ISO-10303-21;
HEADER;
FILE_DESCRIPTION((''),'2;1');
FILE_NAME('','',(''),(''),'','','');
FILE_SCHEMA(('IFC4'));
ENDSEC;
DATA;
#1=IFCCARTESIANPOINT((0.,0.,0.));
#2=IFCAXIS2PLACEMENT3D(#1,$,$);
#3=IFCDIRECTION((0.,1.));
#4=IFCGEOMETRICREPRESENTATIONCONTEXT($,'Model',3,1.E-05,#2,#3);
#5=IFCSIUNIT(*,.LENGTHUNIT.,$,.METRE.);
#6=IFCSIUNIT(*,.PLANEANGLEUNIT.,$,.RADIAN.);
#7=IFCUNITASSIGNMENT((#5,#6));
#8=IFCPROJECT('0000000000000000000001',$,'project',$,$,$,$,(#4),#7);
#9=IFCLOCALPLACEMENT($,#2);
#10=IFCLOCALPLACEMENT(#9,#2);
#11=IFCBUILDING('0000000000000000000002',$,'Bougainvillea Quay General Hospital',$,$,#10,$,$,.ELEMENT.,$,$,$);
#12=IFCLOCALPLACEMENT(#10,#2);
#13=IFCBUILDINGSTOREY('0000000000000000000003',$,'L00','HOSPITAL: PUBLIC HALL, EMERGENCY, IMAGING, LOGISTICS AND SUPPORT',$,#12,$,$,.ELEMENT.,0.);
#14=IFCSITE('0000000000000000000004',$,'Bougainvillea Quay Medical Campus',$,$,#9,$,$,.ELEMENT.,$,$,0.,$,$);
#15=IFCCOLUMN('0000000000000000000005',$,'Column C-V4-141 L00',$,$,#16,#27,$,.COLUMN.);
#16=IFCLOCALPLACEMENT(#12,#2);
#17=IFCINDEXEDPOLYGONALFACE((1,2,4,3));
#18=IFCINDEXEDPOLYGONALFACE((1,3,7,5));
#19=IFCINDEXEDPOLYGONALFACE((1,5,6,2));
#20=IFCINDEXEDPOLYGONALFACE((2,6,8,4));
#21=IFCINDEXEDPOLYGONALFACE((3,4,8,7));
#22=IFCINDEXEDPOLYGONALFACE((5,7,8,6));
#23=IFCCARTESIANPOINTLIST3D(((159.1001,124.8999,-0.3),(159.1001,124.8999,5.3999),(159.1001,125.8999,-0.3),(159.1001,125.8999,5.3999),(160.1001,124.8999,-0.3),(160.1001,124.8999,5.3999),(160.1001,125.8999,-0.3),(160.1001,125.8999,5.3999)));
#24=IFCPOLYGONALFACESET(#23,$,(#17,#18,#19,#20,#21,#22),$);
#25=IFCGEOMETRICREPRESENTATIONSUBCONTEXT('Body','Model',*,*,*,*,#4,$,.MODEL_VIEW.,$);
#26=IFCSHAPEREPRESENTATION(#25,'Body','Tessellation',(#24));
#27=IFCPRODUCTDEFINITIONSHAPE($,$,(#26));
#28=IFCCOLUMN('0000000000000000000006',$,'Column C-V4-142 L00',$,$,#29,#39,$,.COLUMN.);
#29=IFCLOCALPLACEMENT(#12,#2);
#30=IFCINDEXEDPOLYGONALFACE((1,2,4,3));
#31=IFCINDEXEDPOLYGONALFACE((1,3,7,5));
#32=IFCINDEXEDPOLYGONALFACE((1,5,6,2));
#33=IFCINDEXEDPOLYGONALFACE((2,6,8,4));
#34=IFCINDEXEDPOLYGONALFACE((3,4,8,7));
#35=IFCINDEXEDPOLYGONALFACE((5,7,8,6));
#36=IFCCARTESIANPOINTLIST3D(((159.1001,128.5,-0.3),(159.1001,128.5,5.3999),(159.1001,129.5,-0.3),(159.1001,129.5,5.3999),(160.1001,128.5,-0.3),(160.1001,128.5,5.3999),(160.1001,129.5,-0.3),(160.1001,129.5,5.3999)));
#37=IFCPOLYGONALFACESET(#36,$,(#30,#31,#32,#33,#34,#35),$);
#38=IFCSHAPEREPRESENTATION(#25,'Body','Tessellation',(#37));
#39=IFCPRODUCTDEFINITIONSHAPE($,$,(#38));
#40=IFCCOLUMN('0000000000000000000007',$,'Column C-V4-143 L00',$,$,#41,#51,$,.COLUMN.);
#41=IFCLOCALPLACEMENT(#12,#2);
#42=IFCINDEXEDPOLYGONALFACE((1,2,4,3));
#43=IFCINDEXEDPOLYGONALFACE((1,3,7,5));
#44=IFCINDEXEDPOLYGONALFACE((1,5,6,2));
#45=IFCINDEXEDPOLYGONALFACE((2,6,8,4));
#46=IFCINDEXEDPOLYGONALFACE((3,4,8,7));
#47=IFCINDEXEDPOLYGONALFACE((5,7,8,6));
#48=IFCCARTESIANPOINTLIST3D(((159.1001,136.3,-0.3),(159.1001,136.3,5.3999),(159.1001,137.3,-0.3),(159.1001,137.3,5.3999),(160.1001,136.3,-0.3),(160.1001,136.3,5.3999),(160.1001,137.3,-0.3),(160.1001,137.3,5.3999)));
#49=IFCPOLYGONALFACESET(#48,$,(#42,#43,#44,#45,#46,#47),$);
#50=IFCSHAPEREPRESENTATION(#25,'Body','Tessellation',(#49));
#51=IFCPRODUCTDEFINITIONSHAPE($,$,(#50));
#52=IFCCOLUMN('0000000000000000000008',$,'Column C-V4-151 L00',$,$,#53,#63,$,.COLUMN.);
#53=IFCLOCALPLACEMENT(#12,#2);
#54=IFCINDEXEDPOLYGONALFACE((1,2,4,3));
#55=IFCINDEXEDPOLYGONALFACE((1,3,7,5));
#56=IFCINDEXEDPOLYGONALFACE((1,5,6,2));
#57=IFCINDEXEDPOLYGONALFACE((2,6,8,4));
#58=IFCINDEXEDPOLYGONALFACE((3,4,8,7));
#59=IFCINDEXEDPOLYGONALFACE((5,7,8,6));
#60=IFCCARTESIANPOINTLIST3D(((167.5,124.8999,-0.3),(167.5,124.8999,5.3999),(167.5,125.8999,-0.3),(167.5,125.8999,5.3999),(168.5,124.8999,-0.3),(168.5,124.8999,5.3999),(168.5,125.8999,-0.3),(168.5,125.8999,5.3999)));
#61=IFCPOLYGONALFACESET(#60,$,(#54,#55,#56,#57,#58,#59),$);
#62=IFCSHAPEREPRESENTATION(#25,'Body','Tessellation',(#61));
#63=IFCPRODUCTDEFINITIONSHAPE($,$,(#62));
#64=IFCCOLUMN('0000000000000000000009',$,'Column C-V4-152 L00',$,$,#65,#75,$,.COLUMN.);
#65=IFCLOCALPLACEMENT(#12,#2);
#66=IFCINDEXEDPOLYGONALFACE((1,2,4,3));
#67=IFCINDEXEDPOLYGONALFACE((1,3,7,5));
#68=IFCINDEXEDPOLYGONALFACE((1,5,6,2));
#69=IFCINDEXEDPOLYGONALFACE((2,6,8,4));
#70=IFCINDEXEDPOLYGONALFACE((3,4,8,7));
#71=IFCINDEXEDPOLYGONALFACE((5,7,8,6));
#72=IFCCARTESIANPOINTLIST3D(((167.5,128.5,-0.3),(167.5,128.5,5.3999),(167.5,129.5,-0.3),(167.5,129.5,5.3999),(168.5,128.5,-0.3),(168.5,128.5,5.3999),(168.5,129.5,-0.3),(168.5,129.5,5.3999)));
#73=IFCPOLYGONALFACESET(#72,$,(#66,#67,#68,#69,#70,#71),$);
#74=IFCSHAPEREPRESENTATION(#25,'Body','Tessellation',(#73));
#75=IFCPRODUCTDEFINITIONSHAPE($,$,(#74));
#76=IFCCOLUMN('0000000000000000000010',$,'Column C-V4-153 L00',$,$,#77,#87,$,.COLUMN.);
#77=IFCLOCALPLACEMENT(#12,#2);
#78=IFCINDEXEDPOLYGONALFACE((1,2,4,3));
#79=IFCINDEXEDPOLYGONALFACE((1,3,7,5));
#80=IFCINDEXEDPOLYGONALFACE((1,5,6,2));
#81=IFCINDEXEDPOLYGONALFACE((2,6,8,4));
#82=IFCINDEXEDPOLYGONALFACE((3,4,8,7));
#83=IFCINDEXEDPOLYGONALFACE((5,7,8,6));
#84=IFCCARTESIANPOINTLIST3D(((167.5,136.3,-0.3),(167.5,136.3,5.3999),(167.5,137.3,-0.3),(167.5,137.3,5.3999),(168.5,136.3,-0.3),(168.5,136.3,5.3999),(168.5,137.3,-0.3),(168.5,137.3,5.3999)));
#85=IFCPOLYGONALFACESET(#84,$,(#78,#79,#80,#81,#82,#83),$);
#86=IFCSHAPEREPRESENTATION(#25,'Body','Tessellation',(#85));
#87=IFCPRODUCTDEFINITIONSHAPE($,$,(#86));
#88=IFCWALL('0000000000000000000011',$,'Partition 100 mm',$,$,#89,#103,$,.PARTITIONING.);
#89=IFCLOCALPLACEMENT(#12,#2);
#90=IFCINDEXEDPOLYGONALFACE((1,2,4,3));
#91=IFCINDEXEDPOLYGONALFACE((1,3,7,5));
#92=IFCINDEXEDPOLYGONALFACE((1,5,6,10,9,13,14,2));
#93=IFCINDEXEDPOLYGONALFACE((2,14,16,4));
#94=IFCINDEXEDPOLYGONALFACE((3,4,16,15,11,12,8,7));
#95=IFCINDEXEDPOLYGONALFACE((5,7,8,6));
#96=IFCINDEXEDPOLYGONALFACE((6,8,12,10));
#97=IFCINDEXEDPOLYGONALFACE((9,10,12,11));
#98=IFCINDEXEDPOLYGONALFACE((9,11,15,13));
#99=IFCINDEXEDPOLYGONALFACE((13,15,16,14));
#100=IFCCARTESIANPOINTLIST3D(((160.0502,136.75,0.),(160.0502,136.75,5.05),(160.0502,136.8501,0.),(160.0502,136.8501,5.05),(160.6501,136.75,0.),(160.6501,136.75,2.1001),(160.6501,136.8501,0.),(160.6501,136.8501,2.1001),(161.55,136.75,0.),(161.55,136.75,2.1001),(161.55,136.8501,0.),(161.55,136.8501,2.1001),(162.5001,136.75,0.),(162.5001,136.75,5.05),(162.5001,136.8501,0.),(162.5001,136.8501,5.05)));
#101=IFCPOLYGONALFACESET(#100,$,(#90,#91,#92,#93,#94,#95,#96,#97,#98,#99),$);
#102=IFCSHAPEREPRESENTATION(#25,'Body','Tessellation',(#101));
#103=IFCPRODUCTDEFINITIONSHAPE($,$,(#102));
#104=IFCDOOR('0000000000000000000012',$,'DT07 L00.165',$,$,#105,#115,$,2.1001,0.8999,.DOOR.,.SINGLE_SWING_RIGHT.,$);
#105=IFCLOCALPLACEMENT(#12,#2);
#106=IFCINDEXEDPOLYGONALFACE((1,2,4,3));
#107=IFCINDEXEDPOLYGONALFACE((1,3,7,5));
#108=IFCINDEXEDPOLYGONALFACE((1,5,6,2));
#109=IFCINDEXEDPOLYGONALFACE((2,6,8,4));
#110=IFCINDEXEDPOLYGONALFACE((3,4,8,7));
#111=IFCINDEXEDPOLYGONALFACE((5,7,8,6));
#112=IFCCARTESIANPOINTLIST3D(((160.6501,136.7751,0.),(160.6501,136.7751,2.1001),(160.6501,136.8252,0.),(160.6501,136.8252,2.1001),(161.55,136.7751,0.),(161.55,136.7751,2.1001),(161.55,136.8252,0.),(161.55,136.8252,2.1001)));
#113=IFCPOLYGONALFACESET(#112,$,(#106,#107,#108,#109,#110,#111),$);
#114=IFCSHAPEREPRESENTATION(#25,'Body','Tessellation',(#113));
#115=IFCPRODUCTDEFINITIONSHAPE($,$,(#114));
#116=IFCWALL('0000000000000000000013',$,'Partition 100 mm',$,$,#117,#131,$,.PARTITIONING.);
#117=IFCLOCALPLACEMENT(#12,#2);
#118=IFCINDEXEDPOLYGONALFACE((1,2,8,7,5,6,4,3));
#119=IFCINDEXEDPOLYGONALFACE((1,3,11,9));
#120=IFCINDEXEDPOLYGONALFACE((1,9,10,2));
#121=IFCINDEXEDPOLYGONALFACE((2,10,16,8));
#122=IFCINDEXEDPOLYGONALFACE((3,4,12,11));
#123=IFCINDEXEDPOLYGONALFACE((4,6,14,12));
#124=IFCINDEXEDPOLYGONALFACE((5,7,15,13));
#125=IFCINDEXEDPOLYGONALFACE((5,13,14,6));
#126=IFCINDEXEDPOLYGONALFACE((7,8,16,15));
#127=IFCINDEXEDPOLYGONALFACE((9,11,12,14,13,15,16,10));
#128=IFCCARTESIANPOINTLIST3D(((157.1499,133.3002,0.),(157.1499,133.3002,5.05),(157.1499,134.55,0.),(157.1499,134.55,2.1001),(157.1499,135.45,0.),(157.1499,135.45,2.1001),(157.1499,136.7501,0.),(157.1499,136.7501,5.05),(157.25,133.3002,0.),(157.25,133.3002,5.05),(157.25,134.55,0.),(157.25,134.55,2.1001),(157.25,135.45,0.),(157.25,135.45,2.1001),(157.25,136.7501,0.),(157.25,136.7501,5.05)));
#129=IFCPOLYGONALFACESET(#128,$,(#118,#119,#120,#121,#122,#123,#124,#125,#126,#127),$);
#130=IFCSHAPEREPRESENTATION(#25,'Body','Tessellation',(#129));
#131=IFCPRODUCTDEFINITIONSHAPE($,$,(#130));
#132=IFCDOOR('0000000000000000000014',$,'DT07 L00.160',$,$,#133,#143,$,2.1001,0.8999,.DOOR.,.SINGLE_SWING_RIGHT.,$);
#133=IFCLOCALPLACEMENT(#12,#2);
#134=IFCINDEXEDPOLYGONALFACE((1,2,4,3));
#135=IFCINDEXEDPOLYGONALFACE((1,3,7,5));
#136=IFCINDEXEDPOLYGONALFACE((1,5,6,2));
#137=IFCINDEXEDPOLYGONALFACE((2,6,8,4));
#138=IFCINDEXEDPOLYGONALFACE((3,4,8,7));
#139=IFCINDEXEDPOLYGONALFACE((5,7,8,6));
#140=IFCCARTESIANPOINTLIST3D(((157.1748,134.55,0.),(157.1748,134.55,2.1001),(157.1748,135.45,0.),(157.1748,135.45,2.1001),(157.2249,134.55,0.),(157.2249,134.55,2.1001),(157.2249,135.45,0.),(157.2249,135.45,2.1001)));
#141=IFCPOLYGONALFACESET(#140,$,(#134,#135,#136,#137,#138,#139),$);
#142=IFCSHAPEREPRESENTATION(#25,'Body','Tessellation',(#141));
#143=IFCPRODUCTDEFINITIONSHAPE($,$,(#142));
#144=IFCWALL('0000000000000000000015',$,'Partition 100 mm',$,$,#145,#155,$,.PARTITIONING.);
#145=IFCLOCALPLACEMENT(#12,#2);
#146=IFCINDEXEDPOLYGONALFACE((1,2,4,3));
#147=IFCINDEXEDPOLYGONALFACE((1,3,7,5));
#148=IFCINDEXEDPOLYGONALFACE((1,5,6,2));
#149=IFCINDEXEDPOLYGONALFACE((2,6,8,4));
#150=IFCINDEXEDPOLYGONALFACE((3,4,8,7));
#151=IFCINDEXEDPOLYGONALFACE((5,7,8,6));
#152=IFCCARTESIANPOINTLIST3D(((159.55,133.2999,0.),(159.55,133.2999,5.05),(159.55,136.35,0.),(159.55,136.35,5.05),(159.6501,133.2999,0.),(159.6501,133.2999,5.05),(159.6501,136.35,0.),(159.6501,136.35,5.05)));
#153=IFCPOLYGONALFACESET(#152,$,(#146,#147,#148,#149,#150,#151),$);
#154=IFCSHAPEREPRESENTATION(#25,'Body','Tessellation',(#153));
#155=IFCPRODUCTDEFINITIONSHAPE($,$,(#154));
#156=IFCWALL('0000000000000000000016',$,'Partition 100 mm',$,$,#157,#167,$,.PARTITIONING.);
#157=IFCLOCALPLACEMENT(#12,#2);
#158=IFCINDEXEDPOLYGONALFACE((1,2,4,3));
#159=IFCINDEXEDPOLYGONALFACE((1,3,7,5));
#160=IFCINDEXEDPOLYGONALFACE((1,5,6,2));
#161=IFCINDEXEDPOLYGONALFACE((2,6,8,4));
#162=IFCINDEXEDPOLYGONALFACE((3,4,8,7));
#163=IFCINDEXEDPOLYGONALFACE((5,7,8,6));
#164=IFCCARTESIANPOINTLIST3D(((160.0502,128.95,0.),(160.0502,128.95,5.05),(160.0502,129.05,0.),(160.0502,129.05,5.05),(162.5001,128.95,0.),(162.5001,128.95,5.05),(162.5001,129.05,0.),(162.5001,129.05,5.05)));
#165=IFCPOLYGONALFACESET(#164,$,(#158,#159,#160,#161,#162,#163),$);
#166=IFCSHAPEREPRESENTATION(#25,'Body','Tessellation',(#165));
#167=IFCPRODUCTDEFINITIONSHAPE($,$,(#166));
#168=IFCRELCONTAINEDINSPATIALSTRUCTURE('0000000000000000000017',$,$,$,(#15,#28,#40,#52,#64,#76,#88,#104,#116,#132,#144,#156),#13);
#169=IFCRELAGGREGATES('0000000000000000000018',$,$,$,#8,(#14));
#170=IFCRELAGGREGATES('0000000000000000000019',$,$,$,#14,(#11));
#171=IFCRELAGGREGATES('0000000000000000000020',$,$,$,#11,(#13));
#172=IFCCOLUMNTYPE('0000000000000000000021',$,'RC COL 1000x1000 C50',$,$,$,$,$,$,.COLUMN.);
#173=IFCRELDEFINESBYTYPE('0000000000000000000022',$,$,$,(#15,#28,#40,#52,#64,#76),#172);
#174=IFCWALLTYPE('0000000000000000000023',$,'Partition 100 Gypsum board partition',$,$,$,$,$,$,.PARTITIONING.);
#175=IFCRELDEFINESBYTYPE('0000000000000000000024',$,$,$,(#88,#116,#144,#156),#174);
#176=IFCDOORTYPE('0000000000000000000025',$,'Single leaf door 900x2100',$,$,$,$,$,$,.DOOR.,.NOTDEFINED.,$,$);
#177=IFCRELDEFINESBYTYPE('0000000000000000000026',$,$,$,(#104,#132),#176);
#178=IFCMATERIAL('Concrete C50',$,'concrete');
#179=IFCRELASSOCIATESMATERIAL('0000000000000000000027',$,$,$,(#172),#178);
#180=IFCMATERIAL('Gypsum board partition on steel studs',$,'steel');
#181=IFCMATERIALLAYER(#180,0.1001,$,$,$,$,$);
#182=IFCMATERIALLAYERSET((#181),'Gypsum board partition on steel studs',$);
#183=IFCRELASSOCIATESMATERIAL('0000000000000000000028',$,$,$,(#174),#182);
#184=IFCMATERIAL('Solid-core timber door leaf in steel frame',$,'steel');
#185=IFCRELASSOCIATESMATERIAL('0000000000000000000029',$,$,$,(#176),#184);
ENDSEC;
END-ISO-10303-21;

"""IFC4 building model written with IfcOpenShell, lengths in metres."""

from ifc_helpers import new_model, si_unit, direction, frame, frame_2d, origin, origin_2d, place, context, subcontext, project, spatial, rectangle, extrude, material, layer, layer_set, material_profile, profile_set, type_object, element, fill, save


model = new_model("IFC4")

# Units and contexts
model_context = context("Model", 3, precision=1e-05, world=origin(), true_north=direction((0.0, 1.0)))
body_context = subcontext(model_context, "Body", "Model", "MODEL_VIEW")
ifc_project = project(units=[si_unit("LENGTHUNIT", "METRE"), si_unit("PLANEANGLEUNIT", "RADIAN")], contexts=[model_context])

# Site, building, storey
site_placement = place(None, origin())
site = spatial("IfcSite", under=ifc_project, at=site_placement, Name="Bougainvillea Quay Medical Campus", CompositionType="ELEMENT", RefElevation=0.0)
building_placement = place(site_placement, origin())
building = spatial("IfcBuilding", under=site, at=building_placement, Name="Bougainvillea Quay General Hospital", CompositionType="ELEMENT")
storey_placement = place(building_placement, origin())
storey = spatial("IfcBuildingStorey", under=building, at=storey_placement, Name="L00", Description="HOSPITAL: PUBLIC HALL, EMERGENCY, IMAGING, LOGISTICS AND SUPPORT", CompositionType="ELEMENT", Elevation=0.0)

# Columns
ifc_material_1 = material(Name="Concrete C50", Category="concrete")
ifc_material_profile_1 = material_profile(ifc_material_1, rectangle(XDim=1.0, YDim=1.0, at=origin_2d()))
ifc_profile_set_1 = profile_set([ifc_material_profile_1], Name="Concrete C50")
column_type = type_object("IfcColumnType", Name="RC COL 1000x1000 C50", PredefinedType="COLUMN", material=ifc_profile_set_1)
for number, where, z_axis, x_axis, name in (
    (1, (159.6001, 125.3999, -0.3), (0.0, 0.0, 1.0), (1.0, 0.0, 0.0), "Column C-V4-141 L00"),
    (2, (159.6001, 129.0, -0.3), (0.0, 0.0, 1.0), (1.0, 0.0, 0.0), "Column C-V4-142 L00"),
    (3, (159.6001, 136.8, -0.3), (0.0, 0.0, 1.0), (1.0, 0.0, 0.0), "Column C-V4-143 L00"),
    (4, (168.0, 125.3999, -0.3), (0.0, 0.0, 1.0), (1.0, 0.0, 0.0), "Column C-V4-151 L00"),
    (5, (168.0, 129.0, -0.3), (0.0, 0.0, 1.0), (1.0, 0.0, 0.0), "Column C-V4-152 L00"),
    (6, (168.0, 136.8, -0.3), (0.0, 0.0, 1.0), (1.0, 0.0, 0.0), "Column C-V4-153 L00"),
):
    element("IfcColumn", number, at=place(storey_placement, frame(where, z_axis=z_axis, x_axis=x_axis)), inside=storey, type_object=column_type, Name=name, PredefinedType="COLUMN", context=body_context, shape_type="SweptSolid", body=[
        extrude(rectangle(XDim=1.0, YDim=1.0, at=origin_2d()), origin(), (0.0, 0.0, 1.0), 5.7),
    ])

# Walls, openings, doors
ifc_material_2 = material(Name="Gypsum board partition on steel studs", Category="steel")
ifc_layer_1 = layer(ifc_material_2, 0.1001)
ifc_layer_set_1 = layer_set([ifc_layer_1], Name="Gypsum board partition on steel studs")
wall_type_1 = type_object("IfcWallType", Name="Partition 100 Gypsum board partition", PredefinedType="PARTITIONING", material=ifc_layer_set_1)
wall_1_placement = place(storey_placement, frame((160.05, 136.8, 0.0), z_axis=(0.0, 0.0, 1.0), x_axis=(1.0, 0.0, 0.0)))
wall_1 = element("IfcWall", 7, at=wall_1_placement, inside=storey, type_object=wall_type_1, Name="Partition 100 mm", PredefinedType="PARTITIONING", context=body_context, shape_type="SweptSolid", body=[
    extrude(rectangle(XDim=2.45, YDim=0.1001, at=frame_2d((1.2251, 0.0))), origin(), (0.0, 0.0, 1.0), 5.05),
])
opening_1_placement = place(wall_1_placement, frame((0.6001, 0.0, 0.0)))
opening_1 = element("IfcOpeningElement", 8, at=opening_1_placement, cuts=wall_1, PredefinedType="OPENING", context=body_context, shape_type="SweptSolid", body=[
    extrude(rectangle(XDim=0.8999, YDim=2.1001, at=frame_2d((0.45, 1.05))), frame((0.0, 0.0601, 0.0), z_axis=(0.0, -1.0, 0.0), x_axis=(1.0, 0.0, 0.0)), (0.0, 0.0, 1.0), 0.1201),
])
ifc_material_3 = material(Name="Solid-core timber door leaf in steel frame", Category="steel")
door_type_1 = type_object("IfcDoorType", Name="Single leaf door 900x2100", OperationType="NOTDEFINED", PredefinedType="DOOR", material=ifc_material_3)
door_1_placement = place(opening_1_placement, frame((0.8999, 0.0, 0.0), z_axis=(0.0, 0.0, 1.0), x_axis=(-1.0, 0.0, 0.0)))
door_1 = element("IfcDoor", 9, at=door_1_placement, inside=storey, type_object=door_type_1, Name="DT07 L00.165", OperationType="SINGLE_SWING_RIGHT", OverallHeight=2.1001, OverallWidth=0.8999, PredefinedType="DOOR", context=body_context, shape_type="SweptSolid", body=[
    extrude(rectangle(XDim=0.8999, YDim=2.1001, at=frame_2d((0.45, 1.05))), frame((0.0, 0.0249, 0.0), z_axis=(0.0, -1.0, 0.0), x_axis=(1.0, 0.0, 0.0)), (0.0, 0.0, 1.0), 0.05),
])
fill(opening_1, door_1)
wall_2_placement = place(storey_placement, frame((157.2, 133.3, 0.0), z_axis=(0.0, 0.0, 1.0), x_axis=(0.0, 1.0, 0.0)))
wall_2 = element("IfcWall", 10, at=wall_2_placement, inside=storey, type_object=wall_type_1, Name="Partition 100 mm", PredefinedType="PARTITIONING", context=body_context, shape_type="SweptSolid", body=[
    extrude(rectangle(XDim=3.45, YDim=0.1001, at=frame_2d((1.7251, 0.0))), origin(), (0.0, 0.0, 1.0), 5.05),
])
opening_2_placement = place(wall_2_placement, frame((1.25, 0.0, 0.0)))
opening_2 = element("IfcOpeningElement", 11, at=opening_2_placement, cuts=wall_2, PredefinedType="OPENING", context=body_context, shape_type="SweptSolid", body=[
    extrude(rectangle(XDim=0.8999, YDim=2.1001, at=frame_2d((0.45, 1.05))), frame((0.0, 0.0601, 0.0), z_axis=(0.0, -1.0, 0.0), x_axis=(1.0, 0.0, 0.0)), (0.0, 0.0, 1.0), 0.1201),
])
door_2_placement = place(opening_2_placement, frame((0.8999, 0.0, 0.0), z_axis=(0.0, 0.0, 1.0), x_axis=(-1.0, 0.0, 0.0)))
door_2 = element("IfcDoor", 12, at=door_2_placement, inside=storey, type_object=door_type_1, Name="DT07 L00.160", OperationType="SINGLE_SWING_RIGHT", OverallHeight=2.1001, OverallWidth=0.8999, PredefinedType="DOOR", context=body_context, shape_type="SweptSolid", body=[
    extrude(rectangle(XDim=0.8999, YDim=2.1001, at=frame_2d((0.45, 1.05))), frame((0.0, 0.0249, 0.0), z_axis=(0.0, -1.0, 0.0), x_axis=(1.0, 0.0, 0.0)), (0.0, 0.0, 1.0), 0.05),
])
fill(opening_2, door_2)

# Walls
wall_3_placement = place(storey_placement, frame((159.6001, 133.3, 0.0), z_axis=(0.0, 0.0, 1.0), x_axis=(0.0, 1.0, 0.0)))
element("IfcWall", 13, at=wall_3_placement, inside=storey, type_object=wall_type_1, Name="Partition 100 mm", PredefinedType="PARTITIONING", context=body_context, shape_type="SweptSolid", body=[
    extrude(rectangle(XDim=3.05, YDim=0.1001, at=frame_2d((1.5249, 0.0))), origin(), (0.0, 0.0, 1.0), 5.05),
])
wall_4_placement = place(storey_placement, frame((160.05, 129.0, 0.0), z_axis=(0.0, 0.0, 1.0), x_axis=(1.0, 0.0, 0.0)))
element("IfcWall", 14, at=wall_4_placement, inside=storey, type_object=wall_type_1, Name="Partition 100 mm", PredefinedType="PARTITIONING", context=body_context, shape_type="SweptSolid", body=[
    extrude(rectangle(XDim=2.45, YDim=0.1001, at=frame_2d((1.2251, 0.0))), origin(), (0.0, 0.0, 1.0), 5.05),
])

save(model, "model.ifc")
